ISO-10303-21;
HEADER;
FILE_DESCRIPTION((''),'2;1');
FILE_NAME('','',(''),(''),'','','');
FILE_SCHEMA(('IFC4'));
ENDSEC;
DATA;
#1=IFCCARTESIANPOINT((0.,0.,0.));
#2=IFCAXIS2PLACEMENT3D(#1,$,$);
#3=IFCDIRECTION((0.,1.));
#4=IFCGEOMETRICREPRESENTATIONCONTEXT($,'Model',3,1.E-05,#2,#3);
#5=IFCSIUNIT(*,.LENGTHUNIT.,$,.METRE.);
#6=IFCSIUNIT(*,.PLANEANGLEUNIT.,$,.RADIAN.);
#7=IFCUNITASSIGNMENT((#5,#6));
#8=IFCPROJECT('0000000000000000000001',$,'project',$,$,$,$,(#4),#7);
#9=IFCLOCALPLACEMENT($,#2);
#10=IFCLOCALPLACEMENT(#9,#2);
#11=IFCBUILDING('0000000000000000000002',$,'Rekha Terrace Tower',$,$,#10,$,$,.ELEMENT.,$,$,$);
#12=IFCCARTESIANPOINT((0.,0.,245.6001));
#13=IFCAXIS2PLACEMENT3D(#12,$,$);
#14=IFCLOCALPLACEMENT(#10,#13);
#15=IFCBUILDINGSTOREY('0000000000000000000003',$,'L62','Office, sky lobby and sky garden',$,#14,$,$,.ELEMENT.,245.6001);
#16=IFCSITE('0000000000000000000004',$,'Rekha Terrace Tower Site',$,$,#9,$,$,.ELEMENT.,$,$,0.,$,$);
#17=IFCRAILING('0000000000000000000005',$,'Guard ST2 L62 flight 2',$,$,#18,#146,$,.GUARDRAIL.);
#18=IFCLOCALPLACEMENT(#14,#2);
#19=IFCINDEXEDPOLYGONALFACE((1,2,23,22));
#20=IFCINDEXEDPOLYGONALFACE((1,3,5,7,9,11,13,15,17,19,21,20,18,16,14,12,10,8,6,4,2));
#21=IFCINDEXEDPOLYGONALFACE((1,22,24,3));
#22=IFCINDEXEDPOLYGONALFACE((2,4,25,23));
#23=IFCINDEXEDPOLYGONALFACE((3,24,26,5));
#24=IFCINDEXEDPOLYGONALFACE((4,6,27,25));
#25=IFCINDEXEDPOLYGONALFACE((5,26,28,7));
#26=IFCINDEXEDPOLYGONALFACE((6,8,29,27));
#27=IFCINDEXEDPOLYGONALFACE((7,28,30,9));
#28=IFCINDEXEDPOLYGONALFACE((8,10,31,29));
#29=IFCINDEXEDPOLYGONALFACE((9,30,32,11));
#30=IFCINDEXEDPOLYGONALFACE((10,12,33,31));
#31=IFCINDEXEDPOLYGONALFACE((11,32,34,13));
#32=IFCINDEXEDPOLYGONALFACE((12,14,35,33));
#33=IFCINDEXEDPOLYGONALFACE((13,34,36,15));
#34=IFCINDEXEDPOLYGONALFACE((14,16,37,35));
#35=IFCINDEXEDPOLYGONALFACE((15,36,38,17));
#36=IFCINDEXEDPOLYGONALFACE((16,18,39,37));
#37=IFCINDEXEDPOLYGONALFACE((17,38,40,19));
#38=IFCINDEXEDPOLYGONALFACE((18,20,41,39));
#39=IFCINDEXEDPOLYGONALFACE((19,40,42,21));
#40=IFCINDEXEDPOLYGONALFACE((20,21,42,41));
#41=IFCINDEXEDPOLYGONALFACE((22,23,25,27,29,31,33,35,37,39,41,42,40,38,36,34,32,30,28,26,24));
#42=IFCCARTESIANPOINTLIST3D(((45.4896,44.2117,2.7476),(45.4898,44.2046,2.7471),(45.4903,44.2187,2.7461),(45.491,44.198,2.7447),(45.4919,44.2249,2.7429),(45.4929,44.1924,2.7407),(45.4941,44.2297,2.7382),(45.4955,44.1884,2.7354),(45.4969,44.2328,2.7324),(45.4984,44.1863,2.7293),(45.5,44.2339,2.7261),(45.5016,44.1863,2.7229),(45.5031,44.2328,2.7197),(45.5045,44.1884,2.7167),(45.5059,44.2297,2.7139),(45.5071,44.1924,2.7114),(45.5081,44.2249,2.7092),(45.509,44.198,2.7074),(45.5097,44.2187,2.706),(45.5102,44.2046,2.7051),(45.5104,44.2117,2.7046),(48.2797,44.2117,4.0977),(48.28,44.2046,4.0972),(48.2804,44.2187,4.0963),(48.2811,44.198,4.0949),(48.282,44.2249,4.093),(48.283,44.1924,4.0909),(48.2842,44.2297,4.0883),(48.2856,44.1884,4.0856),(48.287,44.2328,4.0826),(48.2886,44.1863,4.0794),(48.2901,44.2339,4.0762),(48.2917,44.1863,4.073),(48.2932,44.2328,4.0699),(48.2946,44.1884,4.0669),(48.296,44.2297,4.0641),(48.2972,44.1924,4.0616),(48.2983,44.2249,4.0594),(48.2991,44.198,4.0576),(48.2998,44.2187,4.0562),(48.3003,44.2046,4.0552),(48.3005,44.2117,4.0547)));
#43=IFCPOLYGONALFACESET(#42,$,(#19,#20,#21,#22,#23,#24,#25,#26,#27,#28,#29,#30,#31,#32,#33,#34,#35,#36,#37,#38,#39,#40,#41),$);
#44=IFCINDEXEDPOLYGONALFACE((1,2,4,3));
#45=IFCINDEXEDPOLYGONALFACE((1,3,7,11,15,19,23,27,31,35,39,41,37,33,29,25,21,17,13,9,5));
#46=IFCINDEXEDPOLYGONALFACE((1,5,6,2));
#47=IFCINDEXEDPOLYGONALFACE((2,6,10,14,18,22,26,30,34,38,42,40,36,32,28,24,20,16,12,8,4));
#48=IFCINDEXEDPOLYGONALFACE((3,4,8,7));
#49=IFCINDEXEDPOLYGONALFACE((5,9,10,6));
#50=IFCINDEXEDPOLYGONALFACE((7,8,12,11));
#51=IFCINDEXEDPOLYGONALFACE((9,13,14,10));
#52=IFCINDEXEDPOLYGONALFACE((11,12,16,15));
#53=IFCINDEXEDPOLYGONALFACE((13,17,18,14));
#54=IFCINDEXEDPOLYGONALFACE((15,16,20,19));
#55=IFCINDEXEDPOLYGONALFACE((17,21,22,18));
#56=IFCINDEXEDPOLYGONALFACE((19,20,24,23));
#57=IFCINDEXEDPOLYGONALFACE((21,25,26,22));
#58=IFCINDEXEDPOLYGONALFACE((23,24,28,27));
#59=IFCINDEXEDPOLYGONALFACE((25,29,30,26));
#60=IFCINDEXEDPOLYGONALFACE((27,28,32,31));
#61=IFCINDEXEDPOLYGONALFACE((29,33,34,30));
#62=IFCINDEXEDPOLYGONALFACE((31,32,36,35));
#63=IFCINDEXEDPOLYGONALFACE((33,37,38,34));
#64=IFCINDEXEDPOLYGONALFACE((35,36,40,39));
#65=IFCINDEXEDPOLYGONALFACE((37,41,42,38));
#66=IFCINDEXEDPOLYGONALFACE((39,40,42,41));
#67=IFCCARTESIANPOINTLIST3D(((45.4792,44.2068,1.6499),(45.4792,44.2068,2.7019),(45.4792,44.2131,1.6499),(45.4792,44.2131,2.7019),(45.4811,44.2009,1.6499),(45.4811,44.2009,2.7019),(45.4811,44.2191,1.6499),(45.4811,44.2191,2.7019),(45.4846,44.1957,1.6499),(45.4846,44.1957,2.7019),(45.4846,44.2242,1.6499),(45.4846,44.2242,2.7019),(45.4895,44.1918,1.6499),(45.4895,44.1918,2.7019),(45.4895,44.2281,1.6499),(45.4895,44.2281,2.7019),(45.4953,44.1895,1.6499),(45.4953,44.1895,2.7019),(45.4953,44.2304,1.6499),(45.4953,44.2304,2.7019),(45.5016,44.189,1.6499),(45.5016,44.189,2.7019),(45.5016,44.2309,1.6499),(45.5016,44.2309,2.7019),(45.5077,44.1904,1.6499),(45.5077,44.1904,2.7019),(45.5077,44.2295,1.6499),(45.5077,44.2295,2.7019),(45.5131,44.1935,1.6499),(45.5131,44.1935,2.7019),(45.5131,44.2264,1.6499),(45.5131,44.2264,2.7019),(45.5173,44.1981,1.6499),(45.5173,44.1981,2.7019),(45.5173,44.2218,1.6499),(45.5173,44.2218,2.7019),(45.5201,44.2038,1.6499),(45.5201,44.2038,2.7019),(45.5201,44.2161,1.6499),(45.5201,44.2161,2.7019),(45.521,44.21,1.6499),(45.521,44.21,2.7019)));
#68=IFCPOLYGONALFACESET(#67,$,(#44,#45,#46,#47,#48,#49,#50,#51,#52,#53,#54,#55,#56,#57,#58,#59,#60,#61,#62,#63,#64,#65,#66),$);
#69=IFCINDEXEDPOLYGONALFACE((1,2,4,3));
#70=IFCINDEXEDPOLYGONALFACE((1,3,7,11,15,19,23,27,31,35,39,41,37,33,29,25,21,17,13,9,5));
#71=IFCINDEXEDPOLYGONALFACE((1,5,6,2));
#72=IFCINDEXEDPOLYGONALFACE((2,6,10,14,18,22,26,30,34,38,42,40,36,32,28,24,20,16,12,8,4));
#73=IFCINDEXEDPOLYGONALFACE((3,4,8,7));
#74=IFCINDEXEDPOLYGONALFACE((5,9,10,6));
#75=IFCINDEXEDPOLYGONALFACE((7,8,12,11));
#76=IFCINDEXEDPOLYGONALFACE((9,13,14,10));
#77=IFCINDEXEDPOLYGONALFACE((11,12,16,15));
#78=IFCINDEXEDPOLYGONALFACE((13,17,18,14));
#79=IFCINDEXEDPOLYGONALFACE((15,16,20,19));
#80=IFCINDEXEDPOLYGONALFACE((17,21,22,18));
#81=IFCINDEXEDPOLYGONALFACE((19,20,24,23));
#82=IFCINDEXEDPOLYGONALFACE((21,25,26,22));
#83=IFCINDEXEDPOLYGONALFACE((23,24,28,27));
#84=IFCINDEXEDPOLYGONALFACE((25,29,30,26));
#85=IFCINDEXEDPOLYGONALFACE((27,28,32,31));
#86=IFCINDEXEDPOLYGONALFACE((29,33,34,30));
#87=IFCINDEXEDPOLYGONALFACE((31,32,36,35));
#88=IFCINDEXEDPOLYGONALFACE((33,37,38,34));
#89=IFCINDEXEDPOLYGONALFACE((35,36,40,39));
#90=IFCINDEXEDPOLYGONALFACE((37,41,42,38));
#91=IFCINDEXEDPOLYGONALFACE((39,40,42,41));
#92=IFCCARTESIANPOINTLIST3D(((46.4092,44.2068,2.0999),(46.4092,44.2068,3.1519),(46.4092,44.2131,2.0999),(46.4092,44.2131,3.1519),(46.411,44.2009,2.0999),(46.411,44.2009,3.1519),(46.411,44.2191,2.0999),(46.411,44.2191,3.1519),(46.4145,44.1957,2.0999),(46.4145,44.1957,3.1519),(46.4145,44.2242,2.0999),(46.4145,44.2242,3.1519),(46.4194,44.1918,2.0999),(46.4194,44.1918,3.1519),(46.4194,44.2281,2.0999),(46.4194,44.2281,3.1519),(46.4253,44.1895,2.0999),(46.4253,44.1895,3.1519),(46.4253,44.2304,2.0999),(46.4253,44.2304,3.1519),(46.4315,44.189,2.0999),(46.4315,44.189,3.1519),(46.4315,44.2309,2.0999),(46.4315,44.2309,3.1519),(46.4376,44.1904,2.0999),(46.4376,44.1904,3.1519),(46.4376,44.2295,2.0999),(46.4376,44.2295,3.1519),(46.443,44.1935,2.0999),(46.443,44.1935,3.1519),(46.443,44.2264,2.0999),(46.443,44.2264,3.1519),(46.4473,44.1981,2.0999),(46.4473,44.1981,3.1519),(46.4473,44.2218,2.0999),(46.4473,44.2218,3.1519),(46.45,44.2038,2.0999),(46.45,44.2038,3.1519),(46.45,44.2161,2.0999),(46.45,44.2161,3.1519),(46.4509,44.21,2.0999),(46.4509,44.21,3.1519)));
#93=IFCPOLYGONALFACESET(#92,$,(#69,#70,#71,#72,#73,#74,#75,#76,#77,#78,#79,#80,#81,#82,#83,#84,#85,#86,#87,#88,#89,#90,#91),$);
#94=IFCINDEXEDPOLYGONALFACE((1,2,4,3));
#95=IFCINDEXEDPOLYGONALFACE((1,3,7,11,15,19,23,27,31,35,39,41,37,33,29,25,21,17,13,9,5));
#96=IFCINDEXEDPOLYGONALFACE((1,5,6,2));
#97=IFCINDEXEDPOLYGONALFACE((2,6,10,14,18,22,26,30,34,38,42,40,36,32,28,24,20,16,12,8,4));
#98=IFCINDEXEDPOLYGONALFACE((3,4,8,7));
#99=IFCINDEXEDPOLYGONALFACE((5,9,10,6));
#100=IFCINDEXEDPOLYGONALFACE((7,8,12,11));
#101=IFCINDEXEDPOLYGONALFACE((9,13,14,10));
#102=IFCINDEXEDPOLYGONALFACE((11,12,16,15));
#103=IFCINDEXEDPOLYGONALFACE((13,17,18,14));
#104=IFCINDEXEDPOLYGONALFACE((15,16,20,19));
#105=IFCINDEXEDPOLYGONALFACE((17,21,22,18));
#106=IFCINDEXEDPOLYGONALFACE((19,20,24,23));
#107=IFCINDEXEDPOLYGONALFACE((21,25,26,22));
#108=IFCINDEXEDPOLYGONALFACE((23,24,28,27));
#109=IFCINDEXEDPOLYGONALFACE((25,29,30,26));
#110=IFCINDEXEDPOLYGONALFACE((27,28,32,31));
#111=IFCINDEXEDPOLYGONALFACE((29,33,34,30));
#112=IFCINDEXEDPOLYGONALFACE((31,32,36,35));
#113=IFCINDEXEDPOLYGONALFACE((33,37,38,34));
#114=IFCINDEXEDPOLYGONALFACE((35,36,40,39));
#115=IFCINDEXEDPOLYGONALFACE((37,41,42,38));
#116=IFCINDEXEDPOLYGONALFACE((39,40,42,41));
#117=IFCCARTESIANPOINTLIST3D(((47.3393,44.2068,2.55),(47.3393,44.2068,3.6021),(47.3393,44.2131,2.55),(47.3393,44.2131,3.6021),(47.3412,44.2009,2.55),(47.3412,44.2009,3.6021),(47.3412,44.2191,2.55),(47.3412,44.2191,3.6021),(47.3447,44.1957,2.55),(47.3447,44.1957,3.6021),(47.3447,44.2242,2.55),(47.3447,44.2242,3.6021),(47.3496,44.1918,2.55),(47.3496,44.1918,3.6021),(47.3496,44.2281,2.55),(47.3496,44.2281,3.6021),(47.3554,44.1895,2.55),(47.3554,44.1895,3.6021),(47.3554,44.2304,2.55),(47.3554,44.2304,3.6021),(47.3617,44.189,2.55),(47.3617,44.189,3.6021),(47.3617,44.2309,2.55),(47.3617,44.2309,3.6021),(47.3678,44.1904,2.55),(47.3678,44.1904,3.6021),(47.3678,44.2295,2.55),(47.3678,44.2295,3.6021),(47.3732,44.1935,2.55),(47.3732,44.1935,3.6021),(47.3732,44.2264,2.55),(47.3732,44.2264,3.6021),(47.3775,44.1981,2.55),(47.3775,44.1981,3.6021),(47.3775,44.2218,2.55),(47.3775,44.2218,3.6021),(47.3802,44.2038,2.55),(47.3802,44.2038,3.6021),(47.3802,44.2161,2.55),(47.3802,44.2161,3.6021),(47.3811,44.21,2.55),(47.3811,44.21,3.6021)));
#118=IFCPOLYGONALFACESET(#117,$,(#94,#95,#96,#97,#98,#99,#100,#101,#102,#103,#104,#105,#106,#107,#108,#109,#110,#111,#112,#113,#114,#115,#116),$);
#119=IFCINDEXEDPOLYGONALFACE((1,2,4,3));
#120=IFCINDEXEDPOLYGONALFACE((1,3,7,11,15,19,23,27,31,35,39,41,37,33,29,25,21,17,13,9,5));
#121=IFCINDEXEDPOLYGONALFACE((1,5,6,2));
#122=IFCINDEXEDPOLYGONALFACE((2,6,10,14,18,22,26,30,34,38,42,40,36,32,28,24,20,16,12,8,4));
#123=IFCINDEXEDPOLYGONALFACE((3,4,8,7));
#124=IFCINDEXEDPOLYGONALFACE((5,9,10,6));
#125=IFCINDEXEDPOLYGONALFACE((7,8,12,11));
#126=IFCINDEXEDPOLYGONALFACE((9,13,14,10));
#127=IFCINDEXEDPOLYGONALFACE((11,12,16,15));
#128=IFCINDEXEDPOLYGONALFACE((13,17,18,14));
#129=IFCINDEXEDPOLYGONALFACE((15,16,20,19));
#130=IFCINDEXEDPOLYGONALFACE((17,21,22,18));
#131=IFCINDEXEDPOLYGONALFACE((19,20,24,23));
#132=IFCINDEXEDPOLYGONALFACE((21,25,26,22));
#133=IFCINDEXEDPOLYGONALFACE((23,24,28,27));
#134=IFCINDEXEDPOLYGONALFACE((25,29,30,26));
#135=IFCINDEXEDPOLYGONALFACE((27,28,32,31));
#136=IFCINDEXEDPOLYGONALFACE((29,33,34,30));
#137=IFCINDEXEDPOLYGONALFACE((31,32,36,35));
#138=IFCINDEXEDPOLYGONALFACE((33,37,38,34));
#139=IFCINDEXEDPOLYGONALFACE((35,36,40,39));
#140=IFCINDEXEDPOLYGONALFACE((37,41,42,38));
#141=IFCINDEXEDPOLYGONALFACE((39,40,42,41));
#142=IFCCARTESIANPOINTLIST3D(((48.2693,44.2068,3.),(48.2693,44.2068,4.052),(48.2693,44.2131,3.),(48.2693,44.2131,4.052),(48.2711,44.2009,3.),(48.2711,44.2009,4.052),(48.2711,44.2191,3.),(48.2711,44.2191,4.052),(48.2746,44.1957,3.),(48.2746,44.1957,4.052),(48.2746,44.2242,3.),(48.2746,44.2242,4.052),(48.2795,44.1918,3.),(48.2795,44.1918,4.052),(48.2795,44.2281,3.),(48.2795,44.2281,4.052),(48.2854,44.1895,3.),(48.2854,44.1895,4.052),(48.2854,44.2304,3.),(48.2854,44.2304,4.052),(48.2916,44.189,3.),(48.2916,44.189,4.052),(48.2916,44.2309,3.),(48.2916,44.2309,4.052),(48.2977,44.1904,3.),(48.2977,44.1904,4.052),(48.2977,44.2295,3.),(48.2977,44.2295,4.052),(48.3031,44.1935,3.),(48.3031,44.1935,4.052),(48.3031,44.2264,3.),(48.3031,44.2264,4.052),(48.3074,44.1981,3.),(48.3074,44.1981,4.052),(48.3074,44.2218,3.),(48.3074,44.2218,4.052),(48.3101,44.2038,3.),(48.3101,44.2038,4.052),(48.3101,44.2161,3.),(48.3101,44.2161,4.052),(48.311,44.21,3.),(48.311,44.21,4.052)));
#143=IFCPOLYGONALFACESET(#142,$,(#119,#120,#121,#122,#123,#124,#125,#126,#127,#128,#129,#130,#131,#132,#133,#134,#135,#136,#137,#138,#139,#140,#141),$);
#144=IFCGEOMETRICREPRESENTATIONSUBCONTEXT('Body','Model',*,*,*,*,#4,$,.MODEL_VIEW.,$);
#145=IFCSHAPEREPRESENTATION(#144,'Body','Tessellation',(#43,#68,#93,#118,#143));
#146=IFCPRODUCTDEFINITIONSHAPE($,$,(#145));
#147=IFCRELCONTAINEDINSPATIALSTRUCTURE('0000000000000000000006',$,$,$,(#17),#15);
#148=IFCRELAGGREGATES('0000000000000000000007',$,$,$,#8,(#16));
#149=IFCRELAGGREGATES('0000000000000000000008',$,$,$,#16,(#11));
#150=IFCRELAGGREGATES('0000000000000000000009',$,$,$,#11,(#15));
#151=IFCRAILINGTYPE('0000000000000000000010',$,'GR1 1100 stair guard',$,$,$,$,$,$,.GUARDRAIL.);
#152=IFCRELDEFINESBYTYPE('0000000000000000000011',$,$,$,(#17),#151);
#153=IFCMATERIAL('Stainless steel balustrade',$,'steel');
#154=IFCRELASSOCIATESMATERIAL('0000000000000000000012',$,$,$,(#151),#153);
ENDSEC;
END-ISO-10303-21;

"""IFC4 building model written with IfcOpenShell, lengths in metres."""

from ifc_helpers import new_model, si_unit, direction, frame, origin, origin_2d, place, context, subcontext, project, spatial, circle, extrude, material, type_object, element, save


model = new_model("IFC4")

# Units and contexts
model_context = context("Model", 3, precision=1e-05, world=origin(), true_north=direction((0.0, 1.0)))
body_context = subcontext(model_context, "Body", "Model", "MODEL_VIEW")
ifc_project = project(units=[si_unit("LENGTHUNIT", "METRE"), si_unit("PLANEANGLEUNIT", "RADIAN")], contexts=[model_context])

# Site, building, storey
site_placement = place(None, origin())
site = spatial("IfcSite", under=ifc_project, at=site_placement, Name="Rekha Terrace Tower Site", CompositionType="ELEMENT", RefElevation=0.0)
building_placement = place(site_placement, origin())
building = spatial("IfcBuilding", under=site, at=building_placement, Name="Rekha Terrace Tower", CompositionType="ELEMENT")
storey_placement = place(building_placement, frame((0.0, 0.0, 245.6001)))
storey = spatial("IfcBuildingStorey", under=building, at=storey_placement, Name="L62", Description="Office, sky lobby and sky garden", CompositionType="ELEMENT", Elevation=245.6001)

# Railing
ifc_material_1 = material(Name="Stainless steel balustrade", Category="steel")
railing_type_1 = type_object("IfcRailingType", Name="GR1 1100 stair guard", PredefinedType="GUARDRAIL", material=ifc_material_1)
railing_1_placement = place(storey_placement, frame((45.5, 44.21, 1.6499)))
element("IfcRailing", 1, at=railing_1_placement, inside=storey, type_object=railing_type_1, Name="Guard ST2 L62 flight 2", PredefinedType="GUARDRAIL", context=body_context, shape_type="SweptSolid", body=[
    extrude(circle(Radius=0.0239, at=origin_2d()), frame((0.0, 0.0, 1.0762), z_axis=(0.900149, 0.0, 0.435582), x_axis=(0.0, 1.0, 0.0)), (0.0, 0.0, 1.0), 3.0996),
    extrude(circle(Radius=0.021, at=origin_2d()), origin(), (0.0, 0.0, 1.0), 1.052),
    extrude(circle(Radius=0.021, at=origin_2d()), frame((0.9299, 0.0, 0.45)), (0.0, 0.0, 1.0), 1.052),
    extrude(circle(Radius=0.021, at=origin_2d()), frame((1.8601, 0.0, 0.9001)), (0.0, 0.0, 1.0), 1.052),
    extrude(circle(Radius=0.021, at=origin_2d()), frame((2.79, 0.0, 1.3501)), (0.0, 0.0, 1.0), 1.052),
])

save(model, "model.ifc")
